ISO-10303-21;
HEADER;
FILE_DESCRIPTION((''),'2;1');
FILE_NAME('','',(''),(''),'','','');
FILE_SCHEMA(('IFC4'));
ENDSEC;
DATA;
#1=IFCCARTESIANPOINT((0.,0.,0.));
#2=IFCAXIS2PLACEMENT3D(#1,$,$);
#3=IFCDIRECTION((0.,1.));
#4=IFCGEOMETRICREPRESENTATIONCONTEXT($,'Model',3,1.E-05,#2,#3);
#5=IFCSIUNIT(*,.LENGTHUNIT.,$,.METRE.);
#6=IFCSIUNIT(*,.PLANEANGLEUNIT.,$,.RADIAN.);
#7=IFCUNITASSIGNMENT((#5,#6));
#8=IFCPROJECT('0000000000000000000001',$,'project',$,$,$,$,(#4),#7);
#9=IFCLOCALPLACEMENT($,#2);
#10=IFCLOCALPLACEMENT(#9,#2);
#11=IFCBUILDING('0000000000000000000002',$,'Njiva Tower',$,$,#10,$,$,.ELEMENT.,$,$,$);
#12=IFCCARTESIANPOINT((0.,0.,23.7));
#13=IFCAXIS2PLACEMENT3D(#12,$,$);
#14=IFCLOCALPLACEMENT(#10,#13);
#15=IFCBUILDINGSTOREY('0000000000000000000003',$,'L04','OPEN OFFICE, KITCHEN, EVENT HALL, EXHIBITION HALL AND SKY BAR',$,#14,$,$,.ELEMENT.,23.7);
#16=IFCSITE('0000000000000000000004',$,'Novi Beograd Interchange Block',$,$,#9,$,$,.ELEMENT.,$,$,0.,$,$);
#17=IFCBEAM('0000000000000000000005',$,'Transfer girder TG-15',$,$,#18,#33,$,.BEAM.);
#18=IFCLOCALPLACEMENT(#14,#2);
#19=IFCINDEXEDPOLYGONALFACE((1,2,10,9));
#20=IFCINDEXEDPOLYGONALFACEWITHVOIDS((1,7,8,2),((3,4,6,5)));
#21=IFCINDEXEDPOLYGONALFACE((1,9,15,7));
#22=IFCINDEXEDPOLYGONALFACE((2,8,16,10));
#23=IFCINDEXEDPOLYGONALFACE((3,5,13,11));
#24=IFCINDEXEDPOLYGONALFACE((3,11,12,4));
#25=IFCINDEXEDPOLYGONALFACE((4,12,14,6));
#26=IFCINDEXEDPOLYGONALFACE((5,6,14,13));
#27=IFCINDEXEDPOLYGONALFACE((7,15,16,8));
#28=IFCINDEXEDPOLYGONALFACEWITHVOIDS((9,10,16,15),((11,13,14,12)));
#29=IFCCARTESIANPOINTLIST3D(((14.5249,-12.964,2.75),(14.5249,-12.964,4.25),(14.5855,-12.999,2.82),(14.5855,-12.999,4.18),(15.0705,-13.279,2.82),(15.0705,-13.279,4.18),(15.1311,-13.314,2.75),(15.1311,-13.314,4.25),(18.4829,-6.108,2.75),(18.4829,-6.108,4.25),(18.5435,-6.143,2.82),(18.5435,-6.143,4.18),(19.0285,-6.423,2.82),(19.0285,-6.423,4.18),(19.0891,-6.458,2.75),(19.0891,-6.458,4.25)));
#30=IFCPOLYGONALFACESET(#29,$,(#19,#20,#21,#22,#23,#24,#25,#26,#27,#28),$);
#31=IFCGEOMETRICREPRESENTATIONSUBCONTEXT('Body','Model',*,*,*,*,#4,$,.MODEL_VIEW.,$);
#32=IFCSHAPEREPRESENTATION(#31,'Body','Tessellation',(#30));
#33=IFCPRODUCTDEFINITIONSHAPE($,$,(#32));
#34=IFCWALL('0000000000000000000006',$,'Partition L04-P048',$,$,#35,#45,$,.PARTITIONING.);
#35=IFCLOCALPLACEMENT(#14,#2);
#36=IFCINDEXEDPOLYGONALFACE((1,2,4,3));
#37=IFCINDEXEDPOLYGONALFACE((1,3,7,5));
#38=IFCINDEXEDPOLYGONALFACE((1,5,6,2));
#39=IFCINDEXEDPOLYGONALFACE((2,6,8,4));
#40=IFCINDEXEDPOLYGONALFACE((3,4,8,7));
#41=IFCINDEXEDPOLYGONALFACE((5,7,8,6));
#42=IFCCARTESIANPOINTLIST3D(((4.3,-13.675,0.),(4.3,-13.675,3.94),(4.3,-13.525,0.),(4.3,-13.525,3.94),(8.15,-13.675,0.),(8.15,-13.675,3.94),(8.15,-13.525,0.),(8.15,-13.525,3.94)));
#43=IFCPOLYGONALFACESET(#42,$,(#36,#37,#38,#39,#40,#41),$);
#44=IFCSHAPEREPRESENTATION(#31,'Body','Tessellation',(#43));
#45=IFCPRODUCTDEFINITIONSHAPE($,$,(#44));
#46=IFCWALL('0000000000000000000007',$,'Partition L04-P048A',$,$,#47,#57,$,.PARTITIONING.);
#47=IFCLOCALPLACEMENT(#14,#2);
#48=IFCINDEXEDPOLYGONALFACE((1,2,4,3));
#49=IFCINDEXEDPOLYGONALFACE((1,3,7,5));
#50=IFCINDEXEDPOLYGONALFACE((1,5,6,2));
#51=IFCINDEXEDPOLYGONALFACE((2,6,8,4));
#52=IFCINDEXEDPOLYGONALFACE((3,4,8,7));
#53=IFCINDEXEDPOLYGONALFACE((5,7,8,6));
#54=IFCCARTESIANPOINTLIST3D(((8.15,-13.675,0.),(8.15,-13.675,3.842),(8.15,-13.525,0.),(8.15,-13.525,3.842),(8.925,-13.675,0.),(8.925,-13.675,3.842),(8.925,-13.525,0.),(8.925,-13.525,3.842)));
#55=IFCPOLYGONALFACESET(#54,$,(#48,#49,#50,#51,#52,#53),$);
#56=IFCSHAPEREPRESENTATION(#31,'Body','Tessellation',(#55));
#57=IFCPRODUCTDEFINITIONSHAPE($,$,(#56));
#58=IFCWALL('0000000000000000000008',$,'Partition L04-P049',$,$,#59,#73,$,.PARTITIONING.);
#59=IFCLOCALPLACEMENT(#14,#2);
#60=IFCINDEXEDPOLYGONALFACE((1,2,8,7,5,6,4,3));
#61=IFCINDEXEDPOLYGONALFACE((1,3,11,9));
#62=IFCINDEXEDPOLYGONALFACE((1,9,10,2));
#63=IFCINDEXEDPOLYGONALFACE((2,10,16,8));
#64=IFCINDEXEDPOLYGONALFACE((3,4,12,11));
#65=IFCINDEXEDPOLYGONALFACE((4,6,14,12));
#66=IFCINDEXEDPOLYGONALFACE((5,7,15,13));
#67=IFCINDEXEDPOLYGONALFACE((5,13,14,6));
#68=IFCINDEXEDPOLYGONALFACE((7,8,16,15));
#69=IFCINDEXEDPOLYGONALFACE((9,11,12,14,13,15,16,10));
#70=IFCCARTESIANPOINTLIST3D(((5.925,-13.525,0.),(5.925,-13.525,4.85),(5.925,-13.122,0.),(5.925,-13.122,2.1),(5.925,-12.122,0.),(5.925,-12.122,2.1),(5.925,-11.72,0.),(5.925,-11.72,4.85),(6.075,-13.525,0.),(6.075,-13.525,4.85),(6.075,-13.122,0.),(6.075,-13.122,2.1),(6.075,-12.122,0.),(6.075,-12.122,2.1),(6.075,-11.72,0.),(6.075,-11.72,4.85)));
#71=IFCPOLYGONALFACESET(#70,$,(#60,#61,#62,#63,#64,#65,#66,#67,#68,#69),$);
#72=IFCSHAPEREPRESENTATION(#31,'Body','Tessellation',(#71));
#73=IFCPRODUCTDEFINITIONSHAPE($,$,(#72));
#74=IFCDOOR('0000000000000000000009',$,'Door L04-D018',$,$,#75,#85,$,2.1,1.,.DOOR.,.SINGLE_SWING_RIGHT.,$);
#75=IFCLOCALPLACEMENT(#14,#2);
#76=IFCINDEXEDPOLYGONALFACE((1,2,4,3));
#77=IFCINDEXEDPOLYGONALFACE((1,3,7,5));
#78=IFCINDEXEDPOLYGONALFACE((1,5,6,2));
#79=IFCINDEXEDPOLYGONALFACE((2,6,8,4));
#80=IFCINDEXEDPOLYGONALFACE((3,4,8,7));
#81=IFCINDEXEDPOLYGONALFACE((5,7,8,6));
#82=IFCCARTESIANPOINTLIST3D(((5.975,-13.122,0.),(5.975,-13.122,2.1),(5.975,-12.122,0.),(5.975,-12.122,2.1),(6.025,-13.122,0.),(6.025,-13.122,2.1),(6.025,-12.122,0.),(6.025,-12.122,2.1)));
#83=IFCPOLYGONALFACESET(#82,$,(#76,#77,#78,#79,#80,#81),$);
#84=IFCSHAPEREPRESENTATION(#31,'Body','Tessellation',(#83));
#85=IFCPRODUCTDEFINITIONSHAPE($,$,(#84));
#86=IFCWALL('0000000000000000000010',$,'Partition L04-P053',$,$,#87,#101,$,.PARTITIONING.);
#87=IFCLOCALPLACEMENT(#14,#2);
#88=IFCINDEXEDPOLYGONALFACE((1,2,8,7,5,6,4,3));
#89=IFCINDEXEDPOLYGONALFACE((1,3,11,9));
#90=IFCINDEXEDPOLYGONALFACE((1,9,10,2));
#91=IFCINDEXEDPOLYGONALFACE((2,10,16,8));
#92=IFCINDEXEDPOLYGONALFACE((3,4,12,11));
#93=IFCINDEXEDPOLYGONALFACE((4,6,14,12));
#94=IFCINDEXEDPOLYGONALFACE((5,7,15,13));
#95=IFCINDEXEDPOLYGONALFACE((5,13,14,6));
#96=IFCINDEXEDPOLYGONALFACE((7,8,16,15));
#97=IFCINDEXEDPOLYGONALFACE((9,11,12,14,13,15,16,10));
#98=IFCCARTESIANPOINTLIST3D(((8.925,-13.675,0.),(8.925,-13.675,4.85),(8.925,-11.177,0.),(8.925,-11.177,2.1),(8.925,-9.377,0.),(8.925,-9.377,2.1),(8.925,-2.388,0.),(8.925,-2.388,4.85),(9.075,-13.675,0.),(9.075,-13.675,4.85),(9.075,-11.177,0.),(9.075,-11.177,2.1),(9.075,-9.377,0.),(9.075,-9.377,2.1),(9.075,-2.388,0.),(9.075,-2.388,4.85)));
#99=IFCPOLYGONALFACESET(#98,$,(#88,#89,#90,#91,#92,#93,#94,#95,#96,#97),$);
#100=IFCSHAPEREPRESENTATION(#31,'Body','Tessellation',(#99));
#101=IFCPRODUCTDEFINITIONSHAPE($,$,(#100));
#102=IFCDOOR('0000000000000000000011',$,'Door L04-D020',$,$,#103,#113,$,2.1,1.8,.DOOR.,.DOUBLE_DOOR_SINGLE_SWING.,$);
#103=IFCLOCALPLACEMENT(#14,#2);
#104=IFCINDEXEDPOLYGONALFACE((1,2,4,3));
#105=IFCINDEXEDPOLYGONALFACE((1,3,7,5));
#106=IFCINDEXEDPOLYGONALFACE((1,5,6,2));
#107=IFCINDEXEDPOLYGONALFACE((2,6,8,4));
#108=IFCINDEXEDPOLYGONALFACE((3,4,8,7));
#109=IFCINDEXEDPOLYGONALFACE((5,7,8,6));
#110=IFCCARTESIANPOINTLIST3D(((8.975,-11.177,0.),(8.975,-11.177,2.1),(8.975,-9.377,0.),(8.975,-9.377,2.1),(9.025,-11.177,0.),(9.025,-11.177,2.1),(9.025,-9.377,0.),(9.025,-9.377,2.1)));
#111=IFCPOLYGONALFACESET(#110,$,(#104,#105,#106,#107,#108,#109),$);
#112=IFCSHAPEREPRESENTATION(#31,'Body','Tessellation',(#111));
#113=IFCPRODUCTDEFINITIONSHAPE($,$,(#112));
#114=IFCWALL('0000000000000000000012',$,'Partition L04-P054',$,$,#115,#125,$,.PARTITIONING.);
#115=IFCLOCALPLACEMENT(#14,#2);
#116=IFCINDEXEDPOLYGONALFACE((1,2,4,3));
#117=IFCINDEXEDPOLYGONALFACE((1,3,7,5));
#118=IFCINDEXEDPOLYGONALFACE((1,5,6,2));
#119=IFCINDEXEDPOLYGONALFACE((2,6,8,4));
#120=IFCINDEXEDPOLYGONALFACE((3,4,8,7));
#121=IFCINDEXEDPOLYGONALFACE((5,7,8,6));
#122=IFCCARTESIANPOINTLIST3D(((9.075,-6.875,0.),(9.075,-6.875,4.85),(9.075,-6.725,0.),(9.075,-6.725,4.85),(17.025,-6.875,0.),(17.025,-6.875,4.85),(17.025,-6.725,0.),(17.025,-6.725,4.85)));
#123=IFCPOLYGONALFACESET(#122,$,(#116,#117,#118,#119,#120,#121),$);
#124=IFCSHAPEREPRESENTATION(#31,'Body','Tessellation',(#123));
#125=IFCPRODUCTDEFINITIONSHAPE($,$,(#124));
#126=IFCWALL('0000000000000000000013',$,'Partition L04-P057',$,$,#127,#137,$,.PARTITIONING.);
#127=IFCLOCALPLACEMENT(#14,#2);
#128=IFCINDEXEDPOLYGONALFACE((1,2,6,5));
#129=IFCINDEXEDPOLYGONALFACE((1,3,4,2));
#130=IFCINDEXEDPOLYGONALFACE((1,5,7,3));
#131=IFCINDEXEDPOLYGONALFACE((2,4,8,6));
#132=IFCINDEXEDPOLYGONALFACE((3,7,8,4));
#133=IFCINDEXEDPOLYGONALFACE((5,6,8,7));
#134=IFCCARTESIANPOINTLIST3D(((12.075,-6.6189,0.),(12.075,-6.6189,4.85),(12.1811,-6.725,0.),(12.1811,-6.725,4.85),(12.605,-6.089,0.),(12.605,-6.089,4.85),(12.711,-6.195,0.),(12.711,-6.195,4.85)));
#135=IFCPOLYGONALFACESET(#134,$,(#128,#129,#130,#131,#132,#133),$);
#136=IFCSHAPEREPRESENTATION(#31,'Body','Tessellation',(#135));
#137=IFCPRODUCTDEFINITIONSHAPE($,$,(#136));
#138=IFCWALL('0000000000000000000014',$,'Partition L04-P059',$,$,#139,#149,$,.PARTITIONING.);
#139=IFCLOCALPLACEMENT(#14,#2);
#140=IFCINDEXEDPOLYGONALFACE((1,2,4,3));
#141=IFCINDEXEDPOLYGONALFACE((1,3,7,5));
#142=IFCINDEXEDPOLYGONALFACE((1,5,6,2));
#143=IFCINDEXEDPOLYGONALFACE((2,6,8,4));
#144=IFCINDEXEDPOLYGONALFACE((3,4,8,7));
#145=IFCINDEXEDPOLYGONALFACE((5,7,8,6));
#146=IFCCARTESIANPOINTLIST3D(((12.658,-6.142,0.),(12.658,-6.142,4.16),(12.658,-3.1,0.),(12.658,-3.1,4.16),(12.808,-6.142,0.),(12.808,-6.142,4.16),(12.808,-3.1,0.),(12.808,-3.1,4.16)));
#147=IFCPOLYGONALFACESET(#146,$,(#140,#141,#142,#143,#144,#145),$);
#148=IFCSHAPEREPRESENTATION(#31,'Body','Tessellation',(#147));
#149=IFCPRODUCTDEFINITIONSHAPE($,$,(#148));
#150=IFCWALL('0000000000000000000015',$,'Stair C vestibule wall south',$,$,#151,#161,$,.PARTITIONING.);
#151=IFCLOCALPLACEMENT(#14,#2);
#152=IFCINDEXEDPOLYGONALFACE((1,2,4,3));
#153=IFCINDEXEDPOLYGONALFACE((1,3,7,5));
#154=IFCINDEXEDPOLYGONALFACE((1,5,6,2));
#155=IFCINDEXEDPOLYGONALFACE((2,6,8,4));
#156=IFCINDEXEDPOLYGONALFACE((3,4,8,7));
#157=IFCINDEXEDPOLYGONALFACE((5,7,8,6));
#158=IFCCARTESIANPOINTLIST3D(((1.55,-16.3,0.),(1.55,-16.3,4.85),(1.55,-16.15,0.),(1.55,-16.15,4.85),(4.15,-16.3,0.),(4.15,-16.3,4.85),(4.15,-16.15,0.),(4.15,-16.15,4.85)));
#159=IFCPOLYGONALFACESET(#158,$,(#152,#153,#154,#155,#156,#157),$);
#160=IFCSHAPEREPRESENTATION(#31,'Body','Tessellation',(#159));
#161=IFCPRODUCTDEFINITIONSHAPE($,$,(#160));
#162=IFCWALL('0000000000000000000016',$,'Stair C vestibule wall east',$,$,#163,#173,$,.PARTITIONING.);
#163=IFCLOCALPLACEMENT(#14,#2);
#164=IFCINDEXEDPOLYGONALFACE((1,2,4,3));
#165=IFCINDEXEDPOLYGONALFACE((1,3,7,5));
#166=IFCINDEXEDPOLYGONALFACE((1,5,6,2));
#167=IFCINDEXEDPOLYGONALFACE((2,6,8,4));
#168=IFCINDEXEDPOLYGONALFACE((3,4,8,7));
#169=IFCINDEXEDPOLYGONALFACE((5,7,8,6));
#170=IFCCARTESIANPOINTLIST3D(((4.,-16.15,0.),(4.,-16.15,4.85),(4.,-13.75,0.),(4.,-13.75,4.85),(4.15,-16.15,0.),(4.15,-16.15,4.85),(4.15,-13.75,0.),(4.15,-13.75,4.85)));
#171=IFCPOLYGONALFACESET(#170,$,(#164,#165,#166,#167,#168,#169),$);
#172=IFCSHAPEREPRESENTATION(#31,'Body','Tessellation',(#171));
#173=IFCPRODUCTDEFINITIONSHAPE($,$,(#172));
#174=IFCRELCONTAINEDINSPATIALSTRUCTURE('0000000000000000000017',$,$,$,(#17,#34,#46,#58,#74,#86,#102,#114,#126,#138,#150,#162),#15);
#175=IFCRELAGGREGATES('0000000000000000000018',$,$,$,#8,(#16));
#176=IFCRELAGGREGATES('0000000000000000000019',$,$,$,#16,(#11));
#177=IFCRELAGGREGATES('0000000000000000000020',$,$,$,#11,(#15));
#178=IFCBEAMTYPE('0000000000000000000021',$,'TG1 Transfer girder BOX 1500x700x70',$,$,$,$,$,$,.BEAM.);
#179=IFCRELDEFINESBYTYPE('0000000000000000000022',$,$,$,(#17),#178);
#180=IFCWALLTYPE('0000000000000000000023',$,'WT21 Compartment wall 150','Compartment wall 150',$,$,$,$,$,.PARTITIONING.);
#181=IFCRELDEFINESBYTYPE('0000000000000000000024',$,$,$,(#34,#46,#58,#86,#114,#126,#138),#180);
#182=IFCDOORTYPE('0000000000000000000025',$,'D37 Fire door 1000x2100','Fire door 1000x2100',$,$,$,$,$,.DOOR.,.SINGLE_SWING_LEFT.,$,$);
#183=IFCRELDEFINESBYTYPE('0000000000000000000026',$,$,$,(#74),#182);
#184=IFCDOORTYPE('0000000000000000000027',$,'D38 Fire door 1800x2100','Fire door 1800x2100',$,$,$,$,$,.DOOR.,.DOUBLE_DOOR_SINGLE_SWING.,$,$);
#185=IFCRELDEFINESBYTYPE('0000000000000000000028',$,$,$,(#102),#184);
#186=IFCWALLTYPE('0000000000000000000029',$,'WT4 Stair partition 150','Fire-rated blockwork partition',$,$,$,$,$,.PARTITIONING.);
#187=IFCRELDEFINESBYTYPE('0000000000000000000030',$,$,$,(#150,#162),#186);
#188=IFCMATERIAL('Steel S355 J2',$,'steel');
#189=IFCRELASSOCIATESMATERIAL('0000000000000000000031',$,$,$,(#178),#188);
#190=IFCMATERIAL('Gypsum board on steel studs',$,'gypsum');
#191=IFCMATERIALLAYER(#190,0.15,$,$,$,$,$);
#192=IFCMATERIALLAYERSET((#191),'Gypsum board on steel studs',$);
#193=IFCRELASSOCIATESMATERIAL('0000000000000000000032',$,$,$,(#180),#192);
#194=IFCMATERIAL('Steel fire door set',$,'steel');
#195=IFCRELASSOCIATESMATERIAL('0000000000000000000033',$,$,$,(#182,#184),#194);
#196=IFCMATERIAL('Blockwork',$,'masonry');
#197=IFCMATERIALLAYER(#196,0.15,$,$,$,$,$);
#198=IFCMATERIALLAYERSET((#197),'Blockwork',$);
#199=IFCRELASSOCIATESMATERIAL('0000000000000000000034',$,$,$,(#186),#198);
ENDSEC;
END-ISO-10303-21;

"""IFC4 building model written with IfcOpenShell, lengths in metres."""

from ifc_helpers import new_model, si_unit, direction, frame, frame_2d, origin, origin_2d, place, context, subcontext, project, spatial, rectangle, hollow_rectangle, extrude, material, layer, layer_set, material_profile, profile_set, type_object, element, fill, save


model = new_model("IFC4")

# Units and contexts
model_context = context("Model", 3, precision=1e-05, world=origin(), true_north=direction((0.0, 1.0)))
body_context = subcontext(model_context, "Body", "Model", "MODEL_VIEW")
ifc_project = project(units=[si_unit("LENGTHUNIT", "METRE"), si_unit("PLANEANGLEUNIT", "RADIAN")], contexts=[model_context])

# Site, building, storey
site_placement = place(None, origin())
site = spatial("IfcSite", under=ifc_project, at=site_placement, Name="Novi Beograd Interchange Block", CompositionType="ELEMENT", RefElevation=0.0)
building_placement = place(site_placement, origin())
building = spatial("IfcBuilding", under=site, at=building_placement, Name="Njiva Tower", CompositionType="ELEMENT")
storey_placement = place(building_placement, frame((0.0, 0.0, 23.7)))
storey = spatial("IfcBuildingStorey", under=building, at=storey_placement, Name="L04", Description="OPEN OFFICE, KITCHEN, EVENT HALL, EXHIBITION HALL AND SKY BAR", CompositionType="ELEMENT", Elevation=23.7)

# Shared definitions
ifc_material_1 = material(Name="Steel S355 J2", Category="steel")

# Beam
ifc_material_profile_1 = material_profile(ifc_material_1, hollow_rectangle(XDim=0.7, YDim=1.5, WallThickness=0.07, at=origin_2d()), Name="BOX 1500x700x70")
ifc_profile_set_1 = profile_set([ifc_material_profile_1], Name="Steel S355 J2")
beam_type_1 = type_object("IfcBeamType", Name="TG1 Transfer girder BOX 1500x700x70", PredefinedType="BEAM", material=ifc_profile_set_1)
beam_1_placement = place(storey_placement, frame((14.828, -13.139, 3.5), z_axis=(0.49997, 0.866043, 0.0), x_axis=(-0.866043, 0.49997, 0.0)))
element("IfcBeam", 1, at=beam_1_placement, inside=storey, type_object=beam_type_1, Name="Transfer girder TG-15", PredefinedType="BEAM", context=body_context, shape_type="SweptSolid", body=[
    extrude(hollow_rectangle(XDim=0.7, YDim=1.5, WallThickness=0.07, at=origin_2d()), origin(), (0.0, 0.0, 1.0), 7.9165),
])

# Walls
ifc_material_2 = material(Name="Gypsum board on steel studs", Category="gypsum")
ifc_layer_1 = layer(ifc_material_2, 0.15)
ifc_layer_set_1 = layer_set([ifc_layer_1], Name="Gypsum board on steel studs")
wall_type_1 = type_object("IfcWallType", Name="WT21 Compartment wall 150", Description="Compartment wall 150", PredefinedType="PARTITIONING", material=ifc_layer_set_1)
wall_1_placement = place(storey_placement, frame((4.3, -13.6, 0.0), z_axis=(0.0, 0.0, 1.0), x_axis=(1.0, 0.0, 0.0)))
element("IfcWall", 2, at=wall_1_placement, inside=storey, type_object=wall_type_1, Name="Partition L04-P048", PredefinedType="PARTITIONING", context=body_context, shape_type="SweptSolid", body=[
    extrude(rectangle(XDim=3.85, YDim=0.15, at=frame_2d((1.925, 0.0))), origin(), (0.0, 0.0, 1.0), 3.94),
])
wall_2_placement = place(storey_placement, frame((8.15, -13.6, 0.0), z_axis=(0.0, 0.0, 1.0), x_axis=(1.0, 0.0, 0.0)))
element("IfcWall", 3, at=wall_2_placement, inside=storey, type_object=wall_type_1, Name="Partition L04-P048A", PredefinedType="PARTITIONING", context=body_context, shape_type="SweptSolid", body=[
    extrude(rectangle(XDim=0.775, YDim=0.15, at=frame_2d((0.3875, 0.0))), origin(), (0.0, 0.0, 1.0), 3.842),
])

# Walls, openings, doors
wall_3_placement = place(storey_placement, frame((6.0, -13.525, 0.0), z_axis=(0.0, 0.0, 1.0), x_axis=(0.0, 1.0, 0.0)))
wall_3 = element("IfcWall", 4, at=wall_3_placement, inside=storey, type_object=wall_type_1, Name="Partition L04-P049", PredefinedType="PARTITIONING", context=body_context, shape_type="SweptSolid", body=[
    extrude(rectangle(XDim=1.805, YDim=0.15, at=frame_2d((0.9025, 0.0))), origin(), (0.0, 0.0, 1.0), 4.85),
])
opening_1_placement = place(wall_3_placement, frame((0.403, 0.0, 0.0)))
opening_1 = element("IfcOpeningElement", 5, at=opening_1_placement, cuts=wall_3, PredefinedType="OPENING", context=body_context, shape_type="SweptSolid", body=[
    extrude(rectangle(XDim=1.0, YDim=2.1, at=frame_2d((0.5, 1.05))), frame((0.0, 0.085, 0.0), z_axis=(0.0, -1.0, 0.0), x_axis=(1.0, 0.0, 0.0)), (0.0, 0.0, 1.0), 0.17),
])
ifc_material_3 = material(Name="Steel fire door set", Category="steel")
door_type_1 = type_object("IfcDoorType", Name="D37 Fire door 1000x2100", Description="Fire door 1000x2100", OperationType="SINGLE_SWING_LEFT", PredefinedType="DOOR", material=ifc_material_3)
door_1_placement = place(opening_1_placement, origin())
door_1 = element("IfcDoor", 6, at=door_1_placement, inside=storey, type_object=door_type_1, Name="Door L04-D018", OperationType="SINGLE_SWING_RIGHT", OverallHeight=2.1, OverallWidth=1.0, PredefinedType="DOOR", context=body_context, shape_type="SweptSolid", body=[
    extrude(rectangle(XDim=1.0, YDim=2.1, at=frame_2d((0.5, 1.05))), frame((0.0, 0.025, 0.0), z_axis=(0.0, -1.0, 0.0), x_axis=(1.0, 0.0, 0.0)), (0.0, 0.0, 1.0), 0.05),
])
fill(opening_1, door_1)
wall_4_placement = place(storey_placement, frame((9.0, -13.675, 0.0), z_axis=(0.0, 0.0, 1.0), x_axis=(0.0, 1.0, 0.0)))
wall_4 = element("IfcWall", 7, at=wall_4_placement, inside=storey, type_object=wall_type_1, Name="Partition L04-P053", PredefinedType="PARTITIONING", context=body_context, shape_type="SweptSolid", body=[
    extrude(rectangle(XDim=11.287, YDim=0.15, at=frame_2d((5.6435, 0.0))), origin(), (0.0, 0.0, 1.0), 4.85),
])
opening_2_placement = place(wall_4_placement, frame((2.498, 0.0, 0.0)))
opening_2 = element("IfcOpeningElement", 8, at=opening_2_placement, cuts=wall_4, PredefinedType="OPENING", context=body_context, shape_type="SweptSolid", body=[
    extrude(rectangle(XDim=1.8, YDim=2.1, at=frame_2d((0.9, 1.05))), frame((0.0, 0.085, 0.0), z_axis=(0.0, -1.0, 0.0), x_axis=(1.0, 0.0, 0.0)), (0.0, 0.0, 1.0), 0.17),
])
door_type_2 = type_object("IfcDoorType", Name="D38 Fire door 1800x2100", Description="Fire door 1800x2100", OperationType="DOUBLE_DOOR_SINGLE_SWING", PredefinedType="DOOR", material=ifc_material_3)
door_2_placement = place(opening_2_placement, origin())
door_2 = element("IfcDoor", 9, at=door_2_placement, inside=storey, type_object=door_type_2, Name="Door L04-D020", OperationType="DOUBLE_DOOR_SINGLE_SWING", OverallHeight=2.1, OverallWidth=1.8, PredefinedType="DOOR", context=body_context, shape_type="SweptSolid", body=[
    extrude(rectangle(XDim=1.8, YDim=2.1, at=frame_2d((0.9, 1.05))), frame((0.0, 0.025, 0.0), z_axis=(0.0, -1.0, 0.0), x_axis=(1.0, 0.0, 0.0)), (0.0, 0.0, 1.0), 0.05),
])
fill(opening_2, door_2)

# Walls
wall_5_placement = place(storey_placement, frame((9.075, -6.8, 0.0), z_axis=(0.0, 0.0, 1.0), x_axis=(1.0, 0.0, 0.0)))
element("IfcWall", 10, at=wall_5_placement, inside=storey, type_object=wall_type_1, Name="Partition L04-P054", PredefinedType="PARTITIONING", context=body_context, shape_type="SweptSolid", body=[
    extrude(rectangle(XDim=7.95, YDim=0.15, at=frame_2d((3.975, 0.0))), origin(), (0.0, 0.0, 1.0), 4.85),
])
wall_6_placement = place(storey_placement, frame((12.128, -6.672, 0.0), z_axis=(0.0, 0.0, 1.0), x_axis=(0.707107, 0.707107, 0.0)))
element("IfcWall", 11, at=wall_6_placement, inside=storey, type_object=wall_type_1, Name="Partition L04-P057", PredefinedType="PARTITIONING", context=body_context, shape_type="SweptSolid", body=[
    extrude(rectangle(XDim=0.7495, YDim=0.15, at=frame_2d((0.3748, 0.0))), origin(), (0.0, 0.0, 1.0), 4.85),
])
wall_7_placement = place(storey_placement, frame((12.733, -6.142, 0.0), z_axis=(0.0, 0.0, 1.0), x_axis=(0.0, 1.0, 0.0)))
element("IfcWall", 12, at=wall_7_placement, inside=storey, type_object=wall_type_1, Name="Partition L04-P059", PredefinedType="PARTITIONING", context=body_context, shape_type="SweptSolid", body=[
    extrude(rectangle(XDim=3.042, YDim=0.15, at=frame_2d((1.521, 0.0))), origin(), (0.0, 0.0, 1.0), 4.16),
])
ifc_material_4 = material(Name="Blockwork", Category="masonry")
ifc_layer_2 = layer(ifc_material_4, 0.15)
ifc_layer_set_2 = layer_set([ifc_layer_2], Name="Blockwork")
wall_type_2 = type_object("IfcWallType", Name="WT4 Stair partition 150", Description="Fire-rated blockwork partition", PredefinedType="PARTITIONING", material=ifc_layer_set_2)
wall_8_placement = place(storey_placement, frame((1.55, -16.225, 0.0), z_axis=(0.0, 0.0, 1.0), x_axis=(1.0, 0.0, 0.0)))
element("IfcWall", 13, at=wall_8_placement, inside=storey, type_object=wall_type_2, Name="Stair C vestibule wall south", PredefinedType="PARTITIONING", context=body_context, shape_type="SweptSolid", body=[
    extrude(rectangle(XDim=2.6, YDim=0.15, at=frame_2d((1.3, 0.0))), origin(), (0.0, 0.0, 1.0), 4.85),
])
wall_9_placement = place(storey_placement, frame((4.075, -16.15, 0.0), z_axis=(0.0, 0.0, 1.0), x_axis=(0.0, 1.0, 0.0)))
element("IfcWall", 14, at=wall_9_placement, inside=storey, type_object=wall_type_2, Name="Stair C vestibule wall east", PredefinedType="PARTITIONING", context=body_context, shape_type="SweptSolid", body=[
    extrude(rectangle(XDim=2.4, YDim=0.15, at=frame_2d((1.2, 0.0))), origin(), (0.0, 0.0, 1.0), 4.85),
])

save(model, "model.ifc")
